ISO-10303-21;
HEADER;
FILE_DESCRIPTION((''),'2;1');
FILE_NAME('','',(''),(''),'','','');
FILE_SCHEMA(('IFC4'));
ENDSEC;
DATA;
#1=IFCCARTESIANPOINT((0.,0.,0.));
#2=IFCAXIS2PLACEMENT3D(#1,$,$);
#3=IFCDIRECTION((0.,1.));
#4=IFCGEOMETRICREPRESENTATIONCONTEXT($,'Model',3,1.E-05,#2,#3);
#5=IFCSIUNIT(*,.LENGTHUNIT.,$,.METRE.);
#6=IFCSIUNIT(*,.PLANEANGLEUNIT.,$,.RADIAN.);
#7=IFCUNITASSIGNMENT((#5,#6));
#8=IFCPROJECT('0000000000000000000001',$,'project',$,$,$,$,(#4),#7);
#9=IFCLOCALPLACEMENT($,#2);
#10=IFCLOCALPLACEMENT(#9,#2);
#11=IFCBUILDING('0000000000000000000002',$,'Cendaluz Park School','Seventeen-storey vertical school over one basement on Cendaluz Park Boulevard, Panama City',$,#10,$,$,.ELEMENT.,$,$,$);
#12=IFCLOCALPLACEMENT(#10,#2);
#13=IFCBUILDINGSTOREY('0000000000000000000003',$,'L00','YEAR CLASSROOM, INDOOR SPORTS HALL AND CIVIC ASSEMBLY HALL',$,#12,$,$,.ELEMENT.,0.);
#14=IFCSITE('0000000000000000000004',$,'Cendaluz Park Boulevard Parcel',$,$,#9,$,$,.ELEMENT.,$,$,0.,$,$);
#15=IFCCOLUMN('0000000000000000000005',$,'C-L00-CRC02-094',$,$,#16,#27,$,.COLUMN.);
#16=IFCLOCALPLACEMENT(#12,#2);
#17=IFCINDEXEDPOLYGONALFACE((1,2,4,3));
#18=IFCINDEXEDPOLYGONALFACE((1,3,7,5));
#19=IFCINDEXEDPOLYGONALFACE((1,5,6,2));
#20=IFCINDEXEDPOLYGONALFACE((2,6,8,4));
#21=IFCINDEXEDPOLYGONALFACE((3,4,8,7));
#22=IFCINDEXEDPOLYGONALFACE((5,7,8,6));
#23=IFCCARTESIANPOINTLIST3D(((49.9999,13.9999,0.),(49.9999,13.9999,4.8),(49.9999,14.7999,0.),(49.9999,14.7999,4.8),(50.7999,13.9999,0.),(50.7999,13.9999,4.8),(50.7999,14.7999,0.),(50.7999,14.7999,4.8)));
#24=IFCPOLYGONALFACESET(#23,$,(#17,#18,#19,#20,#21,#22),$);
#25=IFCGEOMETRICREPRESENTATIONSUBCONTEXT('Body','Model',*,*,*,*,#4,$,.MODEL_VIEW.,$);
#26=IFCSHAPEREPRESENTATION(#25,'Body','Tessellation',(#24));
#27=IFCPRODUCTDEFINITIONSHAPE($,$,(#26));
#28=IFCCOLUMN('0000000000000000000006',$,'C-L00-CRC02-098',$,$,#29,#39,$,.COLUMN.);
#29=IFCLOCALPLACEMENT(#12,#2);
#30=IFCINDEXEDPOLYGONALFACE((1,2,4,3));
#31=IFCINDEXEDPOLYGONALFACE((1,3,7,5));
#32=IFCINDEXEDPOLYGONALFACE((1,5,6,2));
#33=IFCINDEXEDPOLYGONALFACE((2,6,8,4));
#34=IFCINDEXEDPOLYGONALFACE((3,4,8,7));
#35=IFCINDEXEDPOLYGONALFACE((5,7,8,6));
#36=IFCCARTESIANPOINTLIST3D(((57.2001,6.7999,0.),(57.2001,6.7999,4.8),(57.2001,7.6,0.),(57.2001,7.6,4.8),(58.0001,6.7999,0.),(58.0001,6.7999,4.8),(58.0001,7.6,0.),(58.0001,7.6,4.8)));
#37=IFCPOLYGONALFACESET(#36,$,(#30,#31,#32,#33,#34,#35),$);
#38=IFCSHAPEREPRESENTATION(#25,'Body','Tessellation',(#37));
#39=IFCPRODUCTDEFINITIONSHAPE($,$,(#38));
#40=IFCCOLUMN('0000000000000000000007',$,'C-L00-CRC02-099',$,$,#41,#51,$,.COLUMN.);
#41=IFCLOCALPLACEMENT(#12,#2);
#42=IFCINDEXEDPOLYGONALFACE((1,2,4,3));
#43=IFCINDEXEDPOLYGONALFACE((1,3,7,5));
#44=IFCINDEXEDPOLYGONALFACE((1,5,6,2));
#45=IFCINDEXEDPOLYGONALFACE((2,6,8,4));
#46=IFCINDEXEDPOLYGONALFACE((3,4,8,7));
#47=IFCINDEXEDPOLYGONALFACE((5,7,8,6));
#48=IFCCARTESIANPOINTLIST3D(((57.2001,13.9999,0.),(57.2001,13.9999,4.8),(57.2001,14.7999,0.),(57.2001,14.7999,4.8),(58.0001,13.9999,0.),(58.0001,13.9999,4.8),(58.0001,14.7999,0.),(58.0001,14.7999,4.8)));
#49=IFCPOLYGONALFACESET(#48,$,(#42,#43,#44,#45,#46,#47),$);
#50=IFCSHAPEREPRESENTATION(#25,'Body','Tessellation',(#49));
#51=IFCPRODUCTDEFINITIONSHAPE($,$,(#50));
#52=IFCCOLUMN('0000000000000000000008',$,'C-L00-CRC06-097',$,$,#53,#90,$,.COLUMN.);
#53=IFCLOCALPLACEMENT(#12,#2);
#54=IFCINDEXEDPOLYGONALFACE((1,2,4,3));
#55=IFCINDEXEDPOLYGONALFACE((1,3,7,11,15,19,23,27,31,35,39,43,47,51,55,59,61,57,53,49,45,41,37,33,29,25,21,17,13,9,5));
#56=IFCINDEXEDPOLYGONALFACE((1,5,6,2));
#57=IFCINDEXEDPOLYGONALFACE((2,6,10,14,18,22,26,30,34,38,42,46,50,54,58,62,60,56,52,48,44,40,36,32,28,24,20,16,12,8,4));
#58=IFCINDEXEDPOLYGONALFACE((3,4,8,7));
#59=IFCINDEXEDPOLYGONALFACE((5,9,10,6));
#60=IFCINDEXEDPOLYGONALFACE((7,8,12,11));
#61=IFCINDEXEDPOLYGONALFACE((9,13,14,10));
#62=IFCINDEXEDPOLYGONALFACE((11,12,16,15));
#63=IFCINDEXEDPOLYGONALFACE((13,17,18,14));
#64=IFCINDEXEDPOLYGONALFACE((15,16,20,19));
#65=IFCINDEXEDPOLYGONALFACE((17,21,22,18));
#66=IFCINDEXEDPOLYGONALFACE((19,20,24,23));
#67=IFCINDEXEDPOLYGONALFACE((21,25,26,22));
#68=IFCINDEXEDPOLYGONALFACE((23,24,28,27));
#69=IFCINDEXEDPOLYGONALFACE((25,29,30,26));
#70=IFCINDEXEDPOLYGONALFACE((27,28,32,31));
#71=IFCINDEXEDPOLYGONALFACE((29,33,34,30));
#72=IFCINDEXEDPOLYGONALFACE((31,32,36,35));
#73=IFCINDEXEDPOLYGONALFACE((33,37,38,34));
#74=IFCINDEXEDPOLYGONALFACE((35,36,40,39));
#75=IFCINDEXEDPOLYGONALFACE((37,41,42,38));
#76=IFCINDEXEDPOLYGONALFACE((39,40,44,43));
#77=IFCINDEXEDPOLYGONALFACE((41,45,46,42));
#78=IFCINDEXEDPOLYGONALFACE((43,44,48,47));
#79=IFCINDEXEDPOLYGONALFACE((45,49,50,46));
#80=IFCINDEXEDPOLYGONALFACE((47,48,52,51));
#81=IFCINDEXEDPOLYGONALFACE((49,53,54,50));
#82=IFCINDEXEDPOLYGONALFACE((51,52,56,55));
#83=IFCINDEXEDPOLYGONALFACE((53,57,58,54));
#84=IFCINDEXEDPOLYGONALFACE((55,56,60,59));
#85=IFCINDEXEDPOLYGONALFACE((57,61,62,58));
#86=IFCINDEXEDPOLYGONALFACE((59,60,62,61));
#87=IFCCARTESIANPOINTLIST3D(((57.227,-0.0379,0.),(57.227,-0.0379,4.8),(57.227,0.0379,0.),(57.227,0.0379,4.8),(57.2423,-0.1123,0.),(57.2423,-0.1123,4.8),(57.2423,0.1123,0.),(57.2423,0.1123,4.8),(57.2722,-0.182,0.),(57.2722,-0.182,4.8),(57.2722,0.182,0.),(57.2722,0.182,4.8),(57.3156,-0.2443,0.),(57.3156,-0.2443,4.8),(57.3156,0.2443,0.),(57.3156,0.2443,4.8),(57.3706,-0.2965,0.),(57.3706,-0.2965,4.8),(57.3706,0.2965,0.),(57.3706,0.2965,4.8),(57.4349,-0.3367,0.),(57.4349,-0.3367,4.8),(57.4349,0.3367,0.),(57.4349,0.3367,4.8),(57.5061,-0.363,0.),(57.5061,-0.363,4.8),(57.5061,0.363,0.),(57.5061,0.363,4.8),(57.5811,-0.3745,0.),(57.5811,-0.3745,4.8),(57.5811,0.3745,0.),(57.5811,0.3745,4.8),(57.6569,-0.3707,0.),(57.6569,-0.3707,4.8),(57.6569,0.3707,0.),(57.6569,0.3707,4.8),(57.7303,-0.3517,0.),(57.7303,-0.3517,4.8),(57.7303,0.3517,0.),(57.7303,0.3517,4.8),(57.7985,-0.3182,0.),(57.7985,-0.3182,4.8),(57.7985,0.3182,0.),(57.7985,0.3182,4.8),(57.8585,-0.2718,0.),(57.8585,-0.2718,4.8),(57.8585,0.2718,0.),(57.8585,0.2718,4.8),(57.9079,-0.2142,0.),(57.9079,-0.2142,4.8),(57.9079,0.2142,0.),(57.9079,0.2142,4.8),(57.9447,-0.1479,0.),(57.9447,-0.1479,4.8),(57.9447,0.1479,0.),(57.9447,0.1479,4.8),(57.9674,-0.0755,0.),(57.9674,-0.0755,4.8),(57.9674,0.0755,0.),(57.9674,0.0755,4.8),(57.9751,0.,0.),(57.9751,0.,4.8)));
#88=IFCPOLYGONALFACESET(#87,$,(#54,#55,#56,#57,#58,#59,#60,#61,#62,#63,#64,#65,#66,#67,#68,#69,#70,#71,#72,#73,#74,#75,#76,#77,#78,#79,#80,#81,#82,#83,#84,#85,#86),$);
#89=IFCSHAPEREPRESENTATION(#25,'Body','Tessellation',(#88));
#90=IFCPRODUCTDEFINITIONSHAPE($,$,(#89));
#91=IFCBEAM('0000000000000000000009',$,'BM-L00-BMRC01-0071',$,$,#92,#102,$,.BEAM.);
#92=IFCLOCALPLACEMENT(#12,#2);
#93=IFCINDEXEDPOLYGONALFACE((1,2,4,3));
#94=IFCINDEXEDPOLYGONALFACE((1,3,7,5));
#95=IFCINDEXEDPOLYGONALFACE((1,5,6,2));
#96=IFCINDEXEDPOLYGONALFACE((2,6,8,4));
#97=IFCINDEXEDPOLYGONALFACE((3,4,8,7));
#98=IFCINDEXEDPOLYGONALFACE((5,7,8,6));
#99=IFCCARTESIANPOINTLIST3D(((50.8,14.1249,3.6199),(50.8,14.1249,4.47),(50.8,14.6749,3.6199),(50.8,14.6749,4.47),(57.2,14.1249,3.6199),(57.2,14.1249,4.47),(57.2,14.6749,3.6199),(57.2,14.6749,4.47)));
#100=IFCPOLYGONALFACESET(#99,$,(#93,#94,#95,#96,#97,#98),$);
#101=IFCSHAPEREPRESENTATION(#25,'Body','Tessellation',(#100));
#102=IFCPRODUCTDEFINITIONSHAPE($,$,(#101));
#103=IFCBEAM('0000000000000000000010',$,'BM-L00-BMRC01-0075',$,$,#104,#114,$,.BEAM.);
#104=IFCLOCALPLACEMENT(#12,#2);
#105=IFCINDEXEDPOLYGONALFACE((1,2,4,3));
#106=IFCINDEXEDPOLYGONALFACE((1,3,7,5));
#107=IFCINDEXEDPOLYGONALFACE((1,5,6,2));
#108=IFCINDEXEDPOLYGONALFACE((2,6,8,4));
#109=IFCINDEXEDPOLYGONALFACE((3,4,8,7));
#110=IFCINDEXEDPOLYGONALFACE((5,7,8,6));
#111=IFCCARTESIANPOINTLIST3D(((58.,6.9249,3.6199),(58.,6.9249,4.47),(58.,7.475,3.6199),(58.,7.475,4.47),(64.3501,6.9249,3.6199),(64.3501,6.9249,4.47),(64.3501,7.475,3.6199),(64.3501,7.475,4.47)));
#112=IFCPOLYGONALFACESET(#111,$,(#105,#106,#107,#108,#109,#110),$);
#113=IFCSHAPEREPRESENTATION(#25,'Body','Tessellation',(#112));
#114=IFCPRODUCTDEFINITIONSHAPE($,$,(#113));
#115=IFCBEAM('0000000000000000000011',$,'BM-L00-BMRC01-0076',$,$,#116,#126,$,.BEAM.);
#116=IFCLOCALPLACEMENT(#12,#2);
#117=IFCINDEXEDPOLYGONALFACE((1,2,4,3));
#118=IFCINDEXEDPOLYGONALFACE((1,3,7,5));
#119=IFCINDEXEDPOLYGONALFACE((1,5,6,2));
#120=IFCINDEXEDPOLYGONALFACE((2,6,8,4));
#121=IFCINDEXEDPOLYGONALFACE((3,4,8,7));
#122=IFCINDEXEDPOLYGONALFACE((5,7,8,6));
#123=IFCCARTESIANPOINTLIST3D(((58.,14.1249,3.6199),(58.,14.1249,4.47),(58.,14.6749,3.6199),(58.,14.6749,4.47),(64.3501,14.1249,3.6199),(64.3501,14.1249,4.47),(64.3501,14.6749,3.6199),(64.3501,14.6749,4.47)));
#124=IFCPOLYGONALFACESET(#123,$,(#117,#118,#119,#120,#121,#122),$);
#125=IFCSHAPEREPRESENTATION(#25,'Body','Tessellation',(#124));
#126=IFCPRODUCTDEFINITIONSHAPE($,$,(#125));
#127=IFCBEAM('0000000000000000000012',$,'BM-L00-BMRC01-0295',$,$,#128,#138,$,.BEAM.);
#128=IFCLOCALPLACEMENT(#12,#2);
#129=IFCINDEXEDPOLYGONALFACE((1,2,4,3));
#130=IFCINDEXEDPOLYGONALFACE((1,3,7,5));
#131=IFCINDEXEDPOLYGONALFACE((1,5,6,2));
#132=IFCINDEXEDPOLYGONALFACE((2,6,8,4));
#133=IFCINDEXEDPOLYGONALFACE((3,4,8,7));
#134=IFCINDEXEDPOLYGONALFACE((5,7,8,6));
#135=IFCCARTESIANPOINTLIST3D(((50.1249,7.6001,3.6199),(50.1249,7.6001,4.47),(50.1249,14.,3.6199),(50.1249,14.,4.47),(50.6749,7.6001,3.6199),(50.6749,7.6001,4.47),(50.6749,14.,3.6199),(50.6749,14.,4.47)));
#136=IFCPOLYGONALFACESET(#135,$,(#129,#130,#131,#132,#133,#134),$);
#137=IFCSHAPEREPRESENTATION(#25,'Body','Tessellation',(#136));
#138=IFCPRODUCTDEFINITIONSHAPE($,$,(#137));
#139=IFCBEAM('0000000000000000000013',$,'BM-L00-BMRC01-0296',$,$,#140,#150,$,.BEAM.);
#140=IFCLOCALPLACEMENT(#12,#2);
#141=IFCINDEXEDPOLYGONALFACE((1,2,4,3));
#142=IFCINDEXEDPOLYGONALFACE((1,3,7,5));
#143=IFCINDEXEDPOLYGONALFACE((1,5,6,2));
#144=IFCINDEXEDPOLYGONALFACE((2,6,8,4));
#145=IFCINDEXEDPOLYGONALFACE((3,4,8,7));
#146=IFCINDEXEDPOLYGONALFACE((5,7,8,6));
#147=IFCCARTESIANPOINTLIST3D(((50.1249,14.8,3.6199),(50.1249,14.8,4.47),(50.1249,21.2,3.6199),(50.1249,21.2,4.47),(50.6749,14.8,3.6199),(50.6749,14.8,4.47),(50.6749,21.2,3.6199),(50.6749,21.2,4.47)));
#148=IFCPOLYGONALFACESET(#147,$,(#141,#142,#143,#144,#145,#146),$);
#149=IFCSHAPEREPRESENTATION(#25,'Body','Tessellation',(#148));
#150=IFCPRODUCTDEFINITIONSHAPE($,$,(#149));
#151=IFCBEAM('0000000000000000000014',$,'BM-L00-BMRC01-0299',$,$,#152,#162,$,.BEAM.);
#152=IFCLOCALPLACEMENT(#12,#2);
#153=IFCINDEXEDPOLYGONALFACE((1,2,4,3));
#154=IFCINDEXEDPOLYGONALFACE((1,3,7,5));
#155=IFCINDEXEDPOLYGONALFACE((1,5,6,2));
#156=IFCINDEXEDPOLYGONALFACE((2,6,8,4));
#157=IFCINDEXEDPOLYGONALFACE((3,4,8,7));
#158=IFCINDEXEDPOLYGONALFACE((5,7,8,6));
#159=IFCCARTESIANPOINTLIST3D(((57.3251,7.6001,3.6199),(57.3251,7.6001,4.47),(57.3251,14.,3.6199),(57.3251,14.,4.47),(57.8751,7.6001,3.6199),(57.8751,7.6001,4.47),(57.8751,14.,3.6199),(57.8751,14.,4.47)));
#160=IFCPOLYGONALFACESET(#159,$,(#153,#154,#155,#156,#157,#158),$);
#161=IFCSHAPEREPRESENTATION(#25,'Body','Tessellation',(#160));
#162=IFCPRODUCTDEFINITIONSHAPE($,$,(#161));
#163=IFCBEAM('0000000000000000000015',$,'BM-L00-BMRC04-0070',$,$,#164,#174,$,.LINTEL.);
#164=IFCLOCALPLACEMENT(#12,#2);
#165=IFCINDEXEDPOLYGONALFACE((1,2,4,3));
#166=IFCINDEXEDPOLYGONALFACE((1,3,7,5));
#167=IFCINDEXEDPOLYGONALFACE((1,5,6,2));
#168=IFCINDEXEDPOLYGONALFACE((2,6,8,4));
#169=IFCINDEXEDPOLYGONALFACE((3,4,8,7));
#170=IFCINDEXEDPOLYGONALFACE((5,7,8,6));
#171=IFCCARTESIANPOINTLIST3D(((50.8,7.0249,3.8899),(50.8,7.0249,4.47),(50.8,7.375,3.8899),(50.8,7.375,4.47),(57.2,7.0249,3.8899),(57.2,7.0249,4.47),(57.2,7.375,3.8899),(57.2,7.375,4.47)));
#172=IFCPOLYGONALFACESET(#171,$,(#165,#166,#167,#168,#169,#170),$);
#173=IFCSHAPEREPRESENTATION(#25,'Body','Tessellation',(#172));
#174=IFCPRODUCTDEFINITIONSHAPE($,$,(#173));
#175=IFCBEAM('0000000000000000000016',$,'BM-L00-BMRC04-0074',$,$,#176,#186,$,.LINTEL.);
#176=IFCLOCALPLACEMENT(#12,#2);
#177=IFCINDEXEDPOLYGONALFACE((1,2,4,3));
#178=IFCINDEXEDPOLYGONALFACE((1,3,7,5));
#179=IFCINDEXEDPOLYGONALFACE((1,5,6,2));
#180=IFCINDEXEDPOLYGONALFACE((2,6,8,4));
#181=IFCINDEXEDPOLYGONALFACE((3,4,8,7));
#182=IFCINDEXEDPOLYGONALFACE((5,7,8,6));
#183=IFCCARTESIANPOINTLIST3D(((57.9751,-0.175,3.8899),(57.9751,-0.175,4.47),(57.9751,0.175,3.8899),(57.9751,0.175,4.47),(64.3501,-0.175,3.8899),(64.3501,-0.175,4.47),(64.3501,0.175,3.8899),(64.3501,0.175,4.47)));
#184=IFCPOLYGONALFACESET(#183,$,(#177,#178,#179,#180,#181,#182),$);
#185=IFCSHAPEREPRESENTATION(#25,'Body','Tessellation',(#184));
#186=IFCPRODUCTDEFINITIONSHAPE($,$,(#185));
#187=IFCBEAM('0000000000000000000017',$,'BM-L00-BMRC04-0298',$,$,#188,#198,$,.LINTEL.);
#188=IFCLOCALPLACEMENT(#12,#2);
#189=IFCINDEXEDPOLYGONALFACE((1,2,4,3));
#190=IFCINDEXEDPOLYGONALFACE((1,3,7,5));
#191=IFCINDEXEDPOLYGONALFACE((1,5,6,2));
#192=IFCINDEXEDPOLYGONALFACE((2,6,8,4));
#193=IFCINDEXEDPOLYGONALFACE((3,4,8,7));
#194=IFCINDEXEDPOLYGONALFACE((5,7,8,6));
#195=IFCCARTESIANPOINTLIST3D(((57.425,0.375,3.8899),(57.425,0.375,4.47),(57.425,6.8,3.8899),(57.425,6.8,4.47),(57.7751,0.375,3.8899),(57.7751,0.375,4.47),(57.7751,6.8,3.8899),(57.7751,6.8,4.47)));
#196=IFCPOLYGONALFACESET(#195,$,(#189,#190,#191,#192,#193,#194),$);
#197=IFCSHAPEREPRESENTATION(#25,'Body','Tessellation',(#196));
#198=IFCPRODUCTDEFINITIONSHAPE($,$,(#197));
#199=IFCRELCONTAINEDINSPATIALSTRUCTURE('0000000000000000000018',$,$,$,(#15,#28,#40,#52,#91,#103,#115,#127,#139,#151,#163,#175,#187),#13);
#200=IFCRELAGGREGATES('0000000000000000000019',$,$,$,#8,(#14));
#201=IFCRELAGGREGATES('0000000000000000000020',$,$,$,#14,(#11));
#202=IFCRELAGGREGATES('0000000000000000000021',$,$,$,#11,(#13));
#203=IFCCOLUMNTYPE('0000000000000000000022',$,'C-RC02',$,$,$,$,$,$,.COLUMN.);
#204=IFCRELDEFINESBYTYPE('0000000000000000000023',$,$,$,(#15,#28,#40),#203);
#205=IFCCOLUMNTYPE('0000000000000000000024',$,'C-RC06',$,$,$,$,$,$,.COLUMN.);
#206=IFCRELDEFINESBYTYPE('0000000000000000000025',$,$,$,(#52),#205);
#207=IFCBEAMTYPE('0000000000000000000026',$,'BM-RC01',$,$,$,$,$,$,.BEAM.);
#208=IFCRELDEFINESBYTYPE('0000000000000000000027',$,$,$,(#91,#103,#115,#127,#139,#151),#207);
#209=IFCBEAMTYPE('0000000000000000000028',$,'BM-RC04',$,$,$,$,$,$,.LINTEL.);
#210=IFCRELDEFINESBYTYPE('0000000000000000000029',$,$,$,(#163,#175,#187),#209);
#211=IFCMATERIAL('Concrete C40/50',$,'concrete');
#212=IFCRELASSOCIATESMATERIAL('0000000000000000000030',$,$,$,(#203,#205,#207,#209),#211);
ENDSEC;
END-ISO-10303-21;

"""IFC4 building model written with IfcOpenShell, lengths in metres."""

from ifc_helpers import new_model, si_unit, direction, frame, origin, origin_2d, place, context, subcontext, project, spatial, rectangle, circle, extrude, material, material_profile, profile_set, type_object, element, save


model = new_model("IFC4")

# Units and contexts
model_context = context("Model", 3, precision=1e-05, world=origin(), true_north=direction((0.0, 1.0)))
body_context = subcontext(model_context, "Body", "Model", "MODEL_VIEW")
ifc_project = project(units=[si_unit("LENGTHUNIT", "METRE"), si_unit("PLANEANGLEUNIT", "RADIAN")], contexts=[model_context])

# Site, building, storey
site_placement = place(None, origin())
site = spatial("IfcSite", under=ifc_project, at=site_placement, Name="Cendaluz Park Boulevard Parcel", CompositionType="ELEMENT", RefElevation=0.0)
building_placement = place(site_placement, origin())
building = spatial("IfcBuilding", under=site, at=building_placement, Name="Cendaluz Park School", Description="Seventeen-storey vertical school over one basement on Cendaluz Park Boulevard, Panama City", CompositionType="ELEMENT")
storey_placement = place(building_placement, origin())
storey = spatial("IfcBuildingStorey", under=building, at=storey_placement, Name="L00", Description="YEAR CLASSROOM, INDOOR SPORTS HALL AND CIVIC ASSEMBLY HALL", CompositionType="ELEMENT", Elevation=0.0)

# Columns
ifc_material_1 = material(Name="Concrete C40/50", Category="concrete")
ifc_material_profile_1 = material_profile(ifc_material_1, rectangle(XDim=0.8, YDim=0.8, at=origin_2d()), Name="RC 800x800", Category="concrete")
ifc_profile_set_1 = profile_set([ifc_material_profile_1], Name="Concrete C40/50")
column_type_1 = type_object("IfcColumnType", Name="C-RC02", PredefinedType="COLUMN", material=ifc_profile_set_1)
for number, where, z_axis, x_axis, name in (
    (1, (50.3999, 14.3999, 0.0), (0.0, 0.0, 1.0), (1.0, 0.0, 0.0), "C-L00-CRC02-094"),
    (2, (57.6001, 7.2, 0.0), (0.0, 0.0, 1.0), (1.0, 0.0, 0.0), "C-L00-CRC02-098"),
    (3, (57.6001, 14.3999, 0.0), (0.0, 0.0, 1.0), (1.0, 0.0, 0.0), "C-L00-CRC02-099"),
):
    element("IfcColumn", number, at=place(storey_placement, frame(where, z_axis=z_axis, x_axis=x_axis)), inside=storey, type_object=column_type_1, Name=name, PredefinedType="COLUMN", context=body_context, shape_type="SweptSolid", body=[
        extrude(rectangle(XDim=0.8, YDim=0.8, at=origin_2d()), origin(), (0.0, 0.0, 1.0), 4.8),
    ])
ifc_material_profile_2 = material_profile(ifc_material_1, circle(Radius=0.375, at=origin_2d()), Name="RC D750", Category="concrete")
ifc_profile_set_2 = profile_set([ifc_material_profile_2], Name="Concrete C40/50")
column_type_2 = type_object("IfcColumnType", Name="C-RC06", PredefinedType="COLUMN", material=ifc_profile_set_2)
column_placement = place(storey_placement, frame((57.6001, 0.0, 0.0), z_axis=(0.0, 0.0, 1.0), x_axis=(1.0, 0.0, 0.0)))
element("IfcColumn", 4, at=column_placement, inside=storey, type_object=column_type_2, Name="C-L00-CRC06-097", PredefinedType="COLUMN", context=body_context, shape_type="SweptSolid", body=[
    extrude(circle(Radius=0.375, at=origin_2d()), origin(), (0.0, 0.0, 1.0), 4.8),
])

# Beams
ifc_material_profile_3 = material_profile(ifc_material_1, rectangle(XDim=0.55, YDim=0.8501, at=origin_2d()), Name="RC 550x850", Category="concrete")
ifc_profile_set_3 = profile_set([ifc_material_profile_3], Name="Concrete C40/50")
beam_type_1 = type_object("IfcBeamType", Name="BM-RC01", PredefinedType="BEAM", material=ifc_profile_set_3)
beam_1_placement = place(storey_placement, frame((50.8, 14.3999, 4.0449), z_axis=(1.0, 0.0, 0.0), x_axis=(0.0, 1.0, 0.0)))
element("IfcBeam", 5, at=beam_1_placement, inside=storey, type_object=beam_type_1, Name="BM-L00-BMRC01-0071", PredefinedType="BEAM", context=body_context, shape_type="SweptSolid", body=[
    extrude(rectangle(XDim=0.55, YDim=0.8501, at=origin_2d()), origin(), (0.0, 0.0, 1.0), 6.3999),
])
for number, where, z_axis, x_axis, name in (
    (6, (58.0, 7.2, 4.0449), (1.0, 0.0, 0.0), (0.0, 1.0, 0.0), "BM-L00-BMRC01-0075"),
    (7, (58.0, 14.3999, 4.0449), (1.0, 0.0, 0.0), (0.0, 1.0, 0.0), "BM-L00-BMRC01-0076"),
):
    element("IfcBeam", number, at=place(storey_placement, frame(where, z_axis=z_axis, x_axis=x_axis)), inside=storey, type_object=beam_type_1, Name=name, PredefinedType="BEAM", context=body_context, shape_type="SweptSolid", body=[
        extrude(rectangle(XDim=0.55, YDim=0.8501, at=origin_2d()), origin(), (0.0, 0.0, 1.0), 6.3501),
    ])
for number, where, z_axis, x_axis, name in (
    (8, (50.3999, 7.6001, 4.0449), (0.0, 1.0, 0.0), (-1.0, 0.0, 0.0), "BM-L00-BMRC01-0295"),
    (9, (50.3999, 14.8, 4.0449), (0.0, 1.0, 0.0), (-1.0, 0.0, 0.0), "BM-L00-BMRC01-0296"),
    (10, (57.6001, 7.6001, 4.0449), (0.0, 1.0, 0.0), (-1.0, 0.0, 0.0), "BM-L00-BMRC01-0299"),
):
    element("IfcBeam", number, at=place(storey_placement, frame(where, z_axis=z_axis, x_axis=x_axis)), inside=storey, type_object=beam_type_1, Name=name, PredefinedType="BEAM", context=body_context, shape_type="SweptSolid", body=[
        extrude(rectangle(XDim=0.55, YDim=0.8501, at=origin_2d()), origin(), (0.0, 0.0, 1.0), 6.3999),
    ])
ifc_material_profile_4 = material_profile(ifc_material_1, rectangle(XDim=0.3501, YDim=0.5801, at=origin_2d()), Name="RC 350x580", Category="concrete")
ifc_profile_set_4 = profile_set([ifc_material_profile_4], Name="Concrete C40/50")
beam_type_2 = type_object("IfcBeamType", Name="BM-RC04", PredefinedType="LINTEL", material=ifc_profile_set_4)
beam_2_placement = place(storey_placement, frame((50.8, 7.2, 4.1799), z_axis=(1.0, 0.0, 0.0), x_axis=(0.0, 1.0, 0.0)))
element("IfcBeam", 11, at=beam_2_placement, inside=storey, type_object=beam_type_2, Name="BM-L00-BMRC04-0070", PredefinedType="LINTEL", context=body_context, shape_type="SweptSolid", body=[
    extrude(rectangle(XDim=0.3501, YDim=0.5801, at=origin_2d()), origin(), (0.0, 0.0, 1.0), 6.3999),
])
beam_3_placement = place(storey_placement, frame((57.9751, 0.0, 4.1799), z_axis=(1.0, 0.0, 0.0), x_axis=(0.0, 1.0, 0.0)))
element("IfcBeam", 12, at=beam_3_placement, inside=storey, type_object=beam_type_2, Name="BM-L00-BMRC04-0074", PredefinedType="LINTEL", context=body_context, shape_type="SweptSolid", body=[
    extrude(rectangle(XDim=0.3501, YDim=0.5801, at=origin_2d()), origin(), (0.0, 0.0, 1.0), 6.375),
])
beam_4_placement = place(storey_placement, frame((57.6001, 0.375, 4.1799), z_axis=(0.0, 1.0, 0.0), x_axis=(-1.0, 0.0, 0.0)))
element("IfcBeam", 13, at=beam_4_placement, inside=storey, type_object=beam_type_2, Name="BM-L00-BMRC04-0298", PredefinedType="LINTEL", context=body_context, shape_type="SweptSolid", body=[
    extrude(rectangle(XDim=0.3501, YDim=0.5801, at=origin_2d()), origin(), (0.0, 0.0, 1.0), 6.425),
])

save(model, "model.ifc")
